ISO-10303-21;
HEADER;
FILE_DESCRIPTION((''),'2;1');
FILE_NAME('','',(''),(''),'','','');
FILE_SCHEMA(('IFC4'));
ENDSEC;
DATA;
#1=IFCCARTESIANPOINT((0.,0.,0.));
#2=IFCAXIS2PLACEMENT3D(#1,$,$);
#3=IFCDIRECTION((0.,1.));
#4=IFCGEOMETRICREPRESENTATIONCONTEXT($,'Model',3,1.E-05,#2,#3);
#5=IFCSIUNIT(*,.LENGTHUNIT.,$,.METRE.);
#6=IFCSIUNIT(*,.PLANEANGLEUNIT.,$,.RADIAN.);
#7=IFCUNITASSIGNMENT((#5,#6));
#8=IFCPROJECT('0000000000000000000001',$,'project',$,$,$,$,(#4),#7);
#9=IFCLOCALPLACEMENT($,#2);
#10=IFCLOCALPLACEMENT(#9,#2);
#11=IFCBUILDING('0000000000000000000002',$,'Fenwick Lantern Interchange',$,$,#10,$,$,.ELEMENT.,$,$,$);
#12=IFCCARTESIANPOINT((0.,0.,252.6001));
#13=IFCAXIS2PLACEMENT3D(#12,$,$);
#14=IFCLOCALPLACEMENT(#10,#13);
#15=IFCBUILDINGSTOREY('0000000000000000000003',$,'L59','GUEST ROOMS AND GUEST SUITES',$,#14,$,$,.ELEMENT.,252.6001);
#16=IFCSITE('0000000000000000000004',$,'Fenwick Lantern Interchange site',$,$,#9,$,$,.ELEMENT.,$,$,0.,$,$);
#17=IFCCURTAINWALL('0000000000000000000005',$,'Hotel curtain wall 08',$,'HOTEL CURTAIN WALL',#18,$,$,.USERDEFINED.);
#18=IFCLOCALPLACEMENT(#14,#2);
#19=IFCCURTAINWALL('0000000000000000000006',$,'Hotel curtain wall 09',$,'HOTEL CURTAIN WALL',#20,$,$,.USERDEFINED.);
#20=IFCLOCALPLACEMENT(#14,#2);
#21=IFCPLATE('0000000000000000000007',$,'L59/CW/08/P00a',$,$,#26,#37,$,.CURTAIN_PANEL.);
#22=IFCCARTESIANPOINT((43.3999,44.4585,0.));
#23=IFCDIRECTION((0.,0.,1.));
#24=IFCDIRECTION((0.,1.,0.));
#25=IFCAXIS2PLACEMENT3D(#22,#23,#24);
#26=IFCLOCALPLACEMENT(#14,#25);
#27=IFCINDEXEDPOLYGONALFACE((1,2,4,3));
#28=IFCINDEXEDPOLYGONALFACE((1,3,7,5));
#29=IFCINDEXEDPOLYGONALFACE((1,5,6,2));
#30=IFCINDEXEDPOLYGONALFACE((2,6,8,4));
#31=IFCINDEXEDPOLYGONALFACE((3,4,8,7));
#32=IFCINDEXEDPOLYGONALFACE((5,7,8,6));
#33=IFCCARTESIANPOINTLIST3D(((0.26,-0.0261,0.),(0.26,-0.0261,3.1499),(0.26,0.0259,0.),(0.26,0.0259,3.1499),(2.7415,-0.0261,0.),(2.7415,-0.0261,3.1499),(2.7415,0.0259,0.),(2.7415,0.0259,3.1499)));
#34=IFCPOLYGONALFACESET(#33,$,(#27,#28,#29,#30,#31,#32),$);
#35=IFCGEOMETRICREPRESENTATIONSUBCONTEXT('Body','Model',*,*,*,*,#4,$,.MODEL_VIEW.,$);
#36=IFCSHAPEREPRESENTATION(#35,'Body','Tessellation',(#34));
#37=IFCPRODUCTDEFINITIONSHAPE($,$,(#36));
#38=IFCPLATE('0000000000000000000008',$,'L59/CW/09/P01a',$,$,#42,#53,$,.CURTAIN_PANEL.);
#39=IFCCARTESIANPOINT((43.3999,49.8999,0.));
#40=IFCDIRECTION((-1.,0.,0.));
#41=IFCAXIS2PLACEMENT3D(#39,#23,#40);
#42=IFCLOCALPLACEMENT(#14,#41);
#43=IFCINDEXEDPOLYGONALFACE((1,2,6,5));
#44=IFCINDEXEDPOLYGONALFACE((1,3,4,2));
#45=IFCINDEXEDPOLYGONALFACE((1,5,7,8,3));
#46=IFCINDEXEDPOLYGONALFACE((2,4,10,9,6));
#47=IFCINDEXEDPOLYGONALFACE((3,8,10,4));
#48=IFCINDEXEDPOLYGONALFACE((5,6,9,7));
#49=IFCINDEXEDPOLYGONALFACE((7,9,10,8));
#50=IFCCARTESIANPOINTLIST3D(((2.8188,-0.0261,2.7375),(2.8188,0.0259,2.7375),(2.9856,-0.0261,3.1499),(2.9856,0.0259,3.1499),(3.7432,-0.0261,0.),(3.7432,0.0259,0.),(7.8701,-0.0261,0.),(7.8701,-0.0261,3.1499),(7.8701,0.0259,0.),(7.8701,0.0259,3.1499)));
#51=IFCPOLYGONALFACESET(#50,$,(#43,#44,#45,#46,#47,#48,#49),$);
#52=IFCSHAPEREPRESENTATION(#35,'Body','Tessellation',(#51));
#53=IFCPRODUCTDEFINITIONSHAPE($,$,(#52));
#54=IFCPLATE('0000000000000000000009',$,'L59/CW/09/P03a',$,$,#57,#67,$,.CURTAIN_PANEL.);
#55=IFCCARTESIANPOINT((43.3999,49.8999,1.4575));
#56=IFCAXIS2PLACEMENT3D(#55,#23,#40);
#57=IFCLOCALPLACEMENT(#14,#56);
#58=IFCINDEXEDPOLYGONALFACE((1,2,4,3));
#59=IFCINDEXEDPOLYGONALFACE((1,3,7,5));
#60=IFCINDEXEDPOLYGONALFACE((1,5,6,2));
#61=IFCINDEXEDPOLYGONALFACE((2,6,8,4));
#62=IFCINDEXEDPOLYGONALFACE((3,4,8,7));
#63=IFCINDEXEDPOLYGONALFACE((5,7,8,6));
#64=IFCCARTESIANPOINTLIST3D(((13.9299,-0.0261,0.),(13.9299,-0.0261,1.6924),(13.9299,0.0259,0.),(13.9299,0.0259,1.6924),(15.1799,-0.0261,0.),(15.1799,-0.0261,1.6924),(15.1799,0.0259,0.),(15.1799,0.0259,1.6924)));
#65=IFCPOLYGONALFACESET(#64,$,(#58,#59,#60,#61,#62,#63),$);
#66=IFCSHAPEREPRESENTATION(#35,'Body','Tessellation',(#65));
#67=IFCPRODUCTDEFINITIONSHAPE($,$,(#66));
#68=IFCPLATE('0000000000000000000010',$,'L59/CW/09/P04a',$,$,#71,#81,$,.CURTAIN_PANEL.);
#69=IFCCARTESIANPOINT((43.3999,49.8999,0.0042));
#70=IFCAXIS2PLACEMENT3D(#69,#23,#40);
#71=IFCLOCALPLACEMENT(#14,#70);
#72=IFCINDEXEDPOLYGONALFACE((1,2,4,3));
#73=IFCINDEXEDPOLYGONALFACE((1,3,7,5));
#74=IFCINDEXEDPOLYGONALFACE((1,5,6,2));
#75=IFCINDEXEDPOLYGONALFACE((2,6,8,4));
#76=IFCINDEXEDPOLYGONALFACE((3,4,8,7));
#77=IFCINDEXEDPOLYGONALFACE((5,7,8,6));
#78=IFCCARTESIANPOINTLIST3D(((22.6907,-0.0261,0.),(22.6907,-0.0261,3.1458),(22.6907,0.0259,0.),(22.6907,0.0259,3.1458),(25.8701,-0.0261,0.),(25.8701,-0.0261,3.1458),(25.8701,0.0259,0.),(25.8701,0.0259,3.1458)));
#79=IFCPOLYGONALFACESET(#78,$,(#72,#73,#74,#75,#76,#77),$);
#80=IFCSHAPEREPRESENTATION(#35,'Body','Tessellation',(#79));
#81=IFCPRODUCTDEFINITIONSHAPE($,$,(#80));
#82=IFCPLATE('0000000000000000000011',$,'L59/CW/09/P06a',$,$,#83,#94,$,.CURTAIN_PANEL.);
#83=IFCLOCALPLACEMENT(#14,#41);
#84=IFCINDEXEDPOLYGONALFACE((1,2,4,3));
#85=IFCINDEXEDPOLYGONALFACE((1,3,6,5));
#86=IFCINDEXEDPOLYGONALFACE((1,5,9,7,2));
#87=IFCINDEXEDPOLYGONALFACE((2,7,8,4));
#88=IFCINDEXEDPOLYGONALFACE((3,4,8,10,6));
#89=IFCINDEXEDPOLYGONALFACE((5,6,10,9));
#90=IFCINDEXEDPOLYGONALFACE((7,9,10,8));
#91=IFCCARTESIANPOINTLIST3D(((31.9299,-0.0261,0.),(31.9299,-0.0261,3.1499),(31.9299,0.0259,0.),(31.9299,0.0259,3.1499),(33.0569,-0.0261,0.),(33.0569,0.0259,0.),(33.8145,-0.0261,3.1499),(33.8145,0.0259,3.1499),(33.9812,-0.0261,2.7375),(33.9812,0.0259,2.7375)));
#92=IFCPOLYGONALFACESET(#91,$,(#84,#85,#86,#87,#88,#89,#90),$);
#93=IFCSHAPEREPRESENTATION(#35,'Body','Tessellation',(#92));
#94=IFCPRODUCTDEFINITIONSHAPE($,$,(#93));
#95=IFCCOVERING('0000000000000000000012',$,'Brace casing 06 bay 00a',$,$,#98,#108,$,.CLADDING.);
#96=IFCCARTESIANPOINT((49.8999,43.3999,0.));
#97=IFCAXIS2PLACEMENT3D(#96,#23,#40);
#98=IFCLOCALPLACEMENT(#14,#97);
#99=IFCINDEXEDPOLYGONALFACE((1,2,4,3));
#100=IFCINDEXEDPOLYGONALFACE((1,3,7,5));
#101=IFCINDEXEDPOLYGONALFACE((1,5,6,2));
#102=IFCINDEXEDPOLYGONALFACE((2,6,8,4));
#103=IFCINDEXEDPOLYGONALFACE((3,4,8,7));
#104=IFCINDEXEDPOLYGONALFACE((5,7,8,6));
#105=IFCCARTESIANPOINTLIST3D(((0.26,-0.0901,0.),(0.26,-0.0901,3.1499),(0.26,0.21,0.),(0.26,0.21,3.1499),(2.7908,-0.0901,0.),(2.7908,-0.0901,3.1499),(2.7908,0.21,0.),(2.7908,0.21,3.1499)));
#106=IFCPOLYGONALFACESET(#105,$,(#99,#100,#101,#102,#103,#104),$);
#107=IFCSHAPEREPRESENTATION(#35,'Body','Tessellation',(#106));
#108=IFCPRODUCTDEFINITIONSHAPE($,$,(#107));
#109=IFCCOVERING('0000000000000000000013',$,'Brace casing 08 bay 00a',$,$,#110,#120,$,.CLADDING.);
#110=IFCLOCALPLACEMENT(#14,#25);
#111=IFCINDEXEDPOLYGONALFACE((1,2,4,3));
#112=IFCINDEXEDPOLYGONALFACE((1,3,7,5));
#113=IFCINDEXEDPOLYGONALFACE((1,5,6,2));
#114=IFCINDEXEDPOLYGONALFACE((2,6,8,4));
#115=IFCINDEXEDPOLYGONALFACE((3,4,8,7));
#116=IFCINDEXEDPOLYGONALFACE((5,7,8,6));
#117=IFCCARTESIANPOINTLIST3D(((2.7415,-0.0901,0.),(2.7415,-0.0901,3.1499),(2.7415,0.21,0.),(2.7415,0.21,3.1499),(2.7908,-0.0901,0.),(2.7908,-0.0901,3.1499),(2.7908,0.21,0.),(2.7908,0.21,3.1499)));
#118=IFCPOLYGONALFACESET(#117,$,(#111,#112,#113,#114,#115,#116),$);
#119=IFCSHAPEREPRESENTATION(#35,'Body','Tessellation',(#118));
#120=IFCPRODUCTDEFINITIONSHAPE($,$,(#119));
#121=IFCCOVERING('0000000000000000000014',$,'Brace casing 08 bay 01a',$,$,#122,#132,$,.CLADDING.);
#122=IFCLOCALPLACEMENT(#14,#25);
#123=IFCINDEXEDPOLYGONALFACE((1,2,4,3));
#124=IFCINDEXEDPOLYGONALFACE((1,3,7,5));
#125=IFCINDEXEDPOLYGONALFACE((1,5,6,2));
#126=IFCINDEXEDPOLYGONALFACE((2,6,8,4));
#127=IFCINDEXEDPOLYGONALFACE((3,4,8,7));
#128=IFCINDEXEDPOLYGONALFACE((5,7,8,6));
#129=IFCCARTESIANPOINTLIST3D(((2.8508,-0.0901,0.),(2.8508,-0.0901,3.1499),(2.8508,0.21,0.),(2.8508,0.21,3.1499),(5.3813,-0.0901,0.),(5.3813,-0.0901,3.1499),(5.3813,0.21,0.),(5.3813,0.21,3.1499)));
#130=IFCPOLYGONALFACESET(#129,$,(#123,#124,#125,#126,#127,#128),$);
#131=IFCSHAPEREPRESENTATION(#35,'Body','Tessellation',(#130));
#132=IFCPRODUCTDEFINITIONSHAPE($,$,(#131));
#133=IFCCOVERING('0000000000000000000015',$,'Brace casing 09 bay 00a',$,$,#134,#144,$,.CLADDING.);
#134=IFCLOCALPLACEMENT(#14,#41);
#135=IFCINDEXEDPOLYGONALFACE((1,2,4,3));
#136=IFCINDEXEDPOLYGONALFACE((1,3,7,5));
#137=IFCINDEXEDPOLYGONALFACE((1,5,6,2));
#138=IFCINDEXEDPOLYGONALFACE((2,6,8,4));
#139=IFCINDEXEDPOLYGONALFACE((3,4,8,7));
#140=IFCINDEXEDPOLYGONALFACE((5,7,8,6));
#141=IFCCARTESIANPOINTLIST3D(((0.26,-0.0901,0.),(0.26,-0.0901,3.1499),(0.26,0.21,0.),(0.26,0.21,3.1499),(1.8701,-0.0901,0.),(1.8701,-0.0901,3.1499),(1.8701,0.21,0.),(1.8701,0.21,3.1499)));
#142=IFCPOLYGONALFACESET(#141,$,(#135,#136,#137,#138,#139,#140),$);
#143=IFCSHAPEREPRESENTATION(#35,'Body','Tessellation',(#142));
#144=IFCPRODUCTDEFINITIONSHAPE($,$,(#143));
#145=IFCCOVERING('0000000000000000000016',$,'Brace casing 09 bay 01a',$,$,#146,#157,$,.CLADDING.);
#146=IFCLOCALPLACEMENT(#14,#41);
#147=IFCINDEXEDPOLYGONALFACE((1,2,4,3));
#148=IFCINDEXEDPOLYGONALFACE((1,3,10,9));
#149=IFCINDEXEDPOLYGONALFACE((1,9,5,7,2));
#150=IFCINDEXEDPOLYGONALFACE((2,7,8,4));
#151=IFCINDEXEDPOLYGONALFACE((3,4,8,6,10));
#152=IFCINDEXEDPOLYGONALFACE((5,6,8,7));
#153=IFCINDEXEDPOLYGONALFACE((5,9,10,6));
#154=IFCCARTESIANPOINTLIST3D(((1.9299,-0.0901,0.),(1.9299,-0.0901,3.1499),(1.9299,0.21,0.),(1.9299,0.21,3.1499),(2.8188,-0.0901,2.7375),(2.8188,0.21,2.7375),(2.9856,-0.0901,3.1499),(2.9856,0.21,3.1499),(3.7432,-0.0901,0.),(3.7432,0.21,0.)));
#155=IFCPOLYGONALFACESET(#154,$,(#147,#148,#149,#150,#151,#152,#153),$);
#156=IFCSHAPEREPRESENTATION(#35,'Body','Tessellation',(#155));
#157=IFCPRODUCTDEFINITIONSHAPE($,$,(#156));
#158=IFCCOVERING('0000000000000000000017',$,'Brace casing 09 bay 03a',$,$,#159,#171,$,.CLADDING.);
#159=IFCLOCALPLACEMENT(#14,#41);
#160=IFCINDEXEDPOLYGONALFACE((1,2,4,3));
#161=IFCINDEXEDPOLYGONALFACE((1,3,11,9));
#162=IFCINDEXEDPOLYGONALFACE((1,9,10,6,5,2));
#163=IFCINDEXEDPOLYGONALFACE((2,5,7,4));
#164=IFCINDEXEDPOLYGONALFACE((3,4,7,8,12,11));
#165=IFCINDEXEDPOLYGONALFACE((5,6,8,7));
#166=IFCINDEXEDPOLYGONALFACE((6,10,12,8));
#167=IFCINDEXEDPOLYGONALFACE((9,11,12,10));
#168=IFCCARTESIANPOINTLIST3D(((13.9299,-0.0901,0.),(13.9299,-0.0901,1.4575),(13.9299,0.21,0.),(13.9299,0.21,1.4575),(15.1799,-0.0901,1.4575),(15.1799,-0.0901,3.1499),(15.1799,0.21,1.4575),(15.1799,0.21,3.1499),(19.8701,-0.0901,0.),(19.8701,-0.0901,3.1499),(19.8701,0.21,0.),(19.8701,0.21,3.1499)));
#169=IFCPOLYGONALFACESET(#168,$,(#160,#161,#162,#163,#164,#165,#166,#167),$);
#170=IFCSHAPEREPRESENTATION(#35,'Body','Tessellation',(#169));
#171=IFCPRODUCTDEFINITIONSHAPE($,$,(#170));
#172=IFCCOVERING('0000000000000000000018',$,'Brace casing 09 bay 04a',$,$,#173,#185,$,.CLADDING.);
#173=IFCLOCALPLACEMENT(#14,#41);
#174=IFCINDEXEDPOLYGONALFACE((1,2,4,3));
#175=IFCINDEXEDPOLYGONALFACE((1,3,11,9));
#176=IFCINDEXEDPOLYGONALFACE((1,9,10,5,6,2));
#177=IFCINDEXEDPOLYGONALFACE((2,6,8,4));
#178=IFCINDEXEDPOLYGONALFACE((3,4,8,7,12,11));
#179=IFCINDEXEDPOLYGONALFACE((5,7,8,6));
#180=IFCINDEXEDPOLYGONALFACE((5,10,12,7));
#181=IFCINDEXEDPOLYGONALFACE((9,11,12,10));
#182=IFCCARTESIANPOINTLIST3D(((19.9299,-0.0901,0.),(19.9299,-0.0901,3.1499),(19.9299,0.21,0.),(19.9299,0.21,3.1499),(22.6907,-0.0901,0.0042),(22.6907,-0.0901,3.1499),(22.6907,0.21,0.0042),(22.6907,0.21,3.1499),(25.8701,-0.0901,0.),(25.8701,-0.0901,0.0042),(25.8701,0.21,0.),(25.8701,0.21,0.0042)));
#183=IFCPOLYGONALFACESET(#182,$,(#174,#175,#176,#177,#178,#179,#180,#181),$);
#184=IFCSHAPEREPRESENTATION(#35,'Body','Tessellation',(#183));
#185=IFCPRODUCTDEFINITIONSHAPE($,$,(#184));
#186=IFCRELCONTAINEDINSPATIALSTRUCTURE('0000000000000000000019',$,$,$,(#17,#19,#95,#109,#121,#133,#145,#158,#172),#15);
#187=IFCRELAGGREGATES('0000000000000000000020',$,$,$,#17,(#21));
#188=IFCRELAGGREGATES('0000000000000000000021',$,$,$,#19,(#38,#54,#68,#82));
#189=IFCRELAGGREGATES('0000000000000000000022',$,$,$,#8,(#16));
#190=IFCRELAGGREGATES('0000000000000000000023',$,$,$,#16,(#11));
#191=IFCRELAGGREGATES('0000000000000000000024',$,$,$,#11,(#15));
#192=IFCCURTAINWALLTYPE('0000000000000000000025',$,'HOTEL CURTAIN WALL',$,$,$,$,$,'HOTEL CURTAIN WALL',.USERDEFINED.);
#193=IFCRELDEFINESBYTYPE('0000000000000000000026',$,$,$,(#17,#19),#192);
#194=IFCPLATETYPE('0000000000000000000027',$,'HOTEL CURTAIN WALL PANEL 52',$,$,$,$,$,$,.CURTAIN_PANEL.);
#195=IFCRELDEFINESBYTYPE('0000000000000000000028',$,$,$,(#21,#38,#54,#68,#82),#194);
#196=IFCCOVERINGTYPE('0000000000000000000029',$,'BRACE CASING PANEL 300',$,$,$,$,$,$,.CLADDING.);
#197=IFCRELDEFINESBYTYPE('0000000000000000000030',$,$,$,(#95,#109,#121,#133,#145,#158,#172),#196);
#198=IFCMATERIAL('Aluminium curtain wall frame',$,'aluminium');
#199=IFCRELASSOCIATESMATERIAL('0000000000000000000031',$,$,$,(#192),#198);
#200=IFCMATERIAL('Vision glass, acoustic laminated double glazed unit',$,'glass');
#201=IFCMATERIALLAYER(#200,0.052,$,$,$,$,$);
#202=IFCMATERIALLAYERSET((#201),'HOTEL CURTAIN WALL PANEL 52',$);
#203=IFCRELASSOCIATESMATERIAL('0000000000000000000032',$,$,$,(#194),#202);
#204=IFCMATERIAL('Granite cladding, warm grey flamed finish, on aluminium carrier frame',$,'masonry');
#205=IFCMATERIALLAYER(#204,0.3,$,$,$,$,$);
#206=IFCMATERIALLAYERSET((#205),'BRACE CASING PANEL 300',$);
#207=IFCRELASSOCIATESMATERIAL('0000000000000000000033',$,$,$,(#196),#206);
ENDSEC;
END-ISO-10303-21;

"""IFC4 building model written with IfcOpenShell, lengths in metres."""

from ifc_helpers import new_model, si_unit, direction, frame, origin, place, context, subcontext, project, spatial, polyline, outline, extrude, material, layer, layer_set, type_object, element, aggregate, save


model = new_model("IFC4")

# Units and contexts
model_context = context("Model", 3, precision=1e-05, world=origin(), true_north=direction((0.0, 1.0)))
body_context = subcontext(model_context, "Body", "Model", "MODEL_VIEW")
ifc_project = project(units=[si_unit("LENGTHUNIT", "METRE"), si_unit("PLANEANGLEUNIT", "RADIAN")], contexts=[model_context])

# Site, building, storey
site_placement = place(None, origin())
site = spatial("IfcSite", under=ifc_project, at=site_placement, Name="Fenwick Lantern Interchange site", CompositionType="ELEMENT", RefElevation=0.0)
building_placement = place(site_placement, origin())
building = spatial("IfcBuilding", under=site, at=building_placement, Name="Fenwick Lantern Interchange", CompositionType="ELEMENT")
storey_placement = place(building_placement, frame((0.0, 0.0, 252.6001)))
storey = spatial("IfcBuildingStorey", under=building, at=storey_placement, Name="L59", Description="GUEST ROOMS AND GUEST SUITES", CompositionType="ELEMENT", Elevation=252.6001)

# Shared definitions
ifc_material_1 = material(Name="Aluminium curtain wall frame", Category="aluminium")
curtain_wall_type = type_object("IfcCurtainWallType", Name="HOTEL CURTAIN WALL", ElementType="HOTEL CURTAIN WALL", PredefinedType="USERDEFINED", material=ifc_material_1)

# Curtain walls
curtain_wall_1_placement = place(storey_placement, origin())
curtain_wall_1 = element("IfcCurtainWall", 1, at=curtain_wall_1_placement, inside=storey, type_object=curtain_wall_type, Name="Hotel curtain wall 08", ObjectType="HOTEL CURTAIN WALL", PredefinedType="USERDEFINED")
curtain_wall_2_placement = place(storey_placement, origin())
curtain_wall_2 = element("IfcCurtainWall", 2, at=curtain_wall_2_placement, inside=storey, type_object=curtain_wall_type, Name="Hotel curtain wall 09", ObjectType="HOTEL CURTAIN WALL", PredefinedType="USERDEFINED")

# Plates
ifc_material_2 = material(Name="Vision glass, acoustic laminated double glazed unit", Category="glass")
ifc_layer_1 = layer(ifc_material_2, 0.052)
ifc_layer_set_1 = layer_set([ifc_layer_1], Name="HOTEL CURTAIN WALL PANEL 52")
plate_type = type_object("IfcPlateType", Name="HOTEL CURTAIN WALL PANEL 52", PredefinedType="CURTAIN_PANEL", material=ifc_layer_set_1)
plate_1_placement = place(storey_placement, frame((43.3999, 44.4585, 0.0), z_axis=(0.0, 0.0, 1.0), x_axis=(0.0, 1.0, 0.0)))
plate_1 = element("IfcPlate", 3, at=plate_1_placement, type_object=plate_type, Name="L59/CW/08/P00a", PredefinedType="CURTAIN_PANEL", context=body_context, shape_type="SweptSolid", body=[
    extrude(outline(polyline([(0.26, 0.0), (2.7415, 0.0), (2.7415, 3.1499), (0.26, 3.1499), (0.26, 0.0)])), frame((0.0, 0.0259, 0.0), z_axis=(0.0, -1.0, 0.0), x_axis=(1.0, 0.0, 0.0)), (0.0, 0.0, 1.0), 0.052),
])
aggregate(curtain_wall_1, [plate_1])
plate_2_placement = place(storey_placement, frame((43.3999, 49.8999, 0.0), z_axis=(0.0, 0.0, 1.0), x_axis=(-1.0, 0.0, 0.0)))
plate_2 = element("IfcPlate", 4, at=plate_2_placement, type_object=plate_type, Name="L59/CW/09/P01a", PredefinedType="CURTAIN_PANEL", context=body_context, shape_type="SweptSolid", body=[
    extrude(outline(polyline([(3.7432, 0.0), (7.8701, 0.0), (7.8701, 3.1499), (2.9856, 3.1499), (2.8188, 2.7375), (3.7432, 0.0)])), frame((0.0, 0.0259, 0.0), z_axis=(0.0, -1.0, 0.0), x_axis=(1.0, 0.0, 0.0)), (0.0, 0.0, 1.0), 0.052),
])
plate_3_placement = place(storey_placement, frame((43.3999, 49.8999, 1.4575), z_axis=(0.0, 0.0, 1.0), x_axis=(-1.0, 0.0, 0.0)))
plate_3 = element("IfcPlate", 5, at=plate_3_placement, type_object=plate_type, Name="L59/CW/09/P03a", PredefinedType="CURTAIN_PANEL", context=body_context, shape_type="SweptSolid", body=[
    extrude(outline(polyline([(13.9299, 0.0), (15.1799, 0.0), (15.1799, 1.6924), (13.9299, 1.6924), (13.9299, 0.0)])), frame((0.0, 0.0259, 0.0), z_axis=(0.0, -1.0, 0.0), x_axis=(1.0, 0.0, 0.0)), (0.0, 0.0, 1.0), 0.052),
])
plate_4_placement = place(storey_placement, frame((43.3999, 49.8999, 0.0042), z_axis=(0.0, 0.0, 1.0), x_axis=(-1.0, 0.0, 0.0)))
plate_4 = element("IfcPlate", 6, at=plate_4_placement, type_object=plate_type, Name="L59/CW/09/P04a", PredefinedType="CURTAIN_PANEL", context=body_context, shape_type="SweptSolid", body=[
    extrude(outline(polyline([(22.6907, 0.0), (25.8701, 0.0), (25.8701, 3.1458), (22.6907, 3.1458), (22.6907, 0.0)])), frame((0.0, 0.0259, 0.0), z_axis=(0.0, -1.0, 0.0), x_axis=(1.0, 0.0, 0.0)), (0.0, 0.0, 1.0), 0.052),
])
plate_5_placement = place(storey_placement, frame((43.3999, 49.8999, 0.0), z_axis=(0.0, 0.0, 1.0), x_axis=(-1.0, 0.0, 0.0)))
plate_5 = element("IfcPlate", 7, at=plate_5_placement, type_object=plate_type, Name="L59/CW/09/P06a", PredefinedType="CURTAIN_PANEL", context=body_context, shape_type="SweptSolid", body=[
    extrude(outline(polyline([(31.9299, 0.0), (33.0569, 0.0), (33.9812, 2.7375), (33.8145, 3.1499), (31.9299, 3.1499), (31.9299, 0.0)])), frame((0.0, 0.0259, 0.0), z_axis=(0.0, -1.0, 0.0), x_axis=(1.0, 0.0, 0.0)), (0.0, 0.0, 1.0), 0.052),
])
aggregate(curtain_wall_2, [plate_2, plate_3, plate_4, plate_5])

# Coverings
ifc_material_3 = material(Name="Granite cladding, warm grey flamed finish, on aluminium carrier frame", Category="masonry")
ifc_layer_2 = layer(ifc_material_3, 0.3)
ifc_layer_set_2 = layer_set([ifc_layer_2], Name="BRACE CASING PANEL 300")
covering_type = type_object("IfcCoveringType", Name="BRACE CASING PANEL 300", PredefinedType="CLADDING", material=ifc_layer_set_2)
covering_1_placement = place(storey_placement, frame((49.8999, 43.3999, 0.0), z_axis=(0.0, 0.0, 1.0), x_axis=(-1.0, 0.0, 0.0)))
element("IfcCovering", 8, at=covering_1_placement, inside=storey, type_object=covering_type, Name="Brace casing 06 bay 00a", PredefinedType="CLADDING", context=body_context, shape_type="SweptSolid", body=[
    extrude(outline(polyline([(0.26, 0.0), (2.7908, 0.0), (2.7908, 3.1499), (0.26, 3.1499), (0.26, 0.0)])), frame((0.0, 0.21, 0.0), z_axis=(0.0, -1.0, 0.0), x_axis=(1.0, 0.0, 0.0)), (0.0, 0.0, 1.0), 0.3),
])
covering_2_placement = place(storey_placement, frame((43.3999, 44.4585, 0.0), z_axis=(0.0, 0.0, 1.0), x_axis=(0.0, 1.0, 0.0)))
element("IfcCovering", 9, at=covering_2_placement, inside=storey, type_object=covering_type, Name="Brace casing 08 bay 00a", PredefinedType="CLADDING", context=body_context, shape_type="SweptSolid", body=[
    extrude(outline(polyline([(2.7415, 0.0), (2.7908, 0.0), (2.7908, 3.1499), (2.7415, 3.1499), (2.7415, 0.0)])), frame((0.0, 0.21, 0.0), z_axis=(0.0, -1.0, 0.0), x_axis=(1.0, 0.0, 0.0)), (0.0, 0.0, 1.0), 0.3),
])
covering_3_placement = place(storey_placement, frame((43.3999, 44.4585, 0.0), z_axis=(0.0, 0.0, 1.0), x_axis=(0.0, 1.0, 0.0)))
element("IfcCovering", 10, at=covering_3_placement, inside=storey, type_object=covering_type, Name="Brace casing 08 bay 01a", PredefinedType="CLADDING", context=body_context, shape_type="SweptSolid", body=[
    extrude(outline(polyline([(2.8508, 0.0), (5.3813, 0.0), (5.3813, 3.1499), (2.8508, 3.1499), (2.8508, 0.0)])), frame((0.0, 0.21, 0.0), z_axis=(0.0, -1.0, 0.0), x_axis=(1.0, 0.0, 0.0)), (0.0, 0.0, 1.0), 0.3),
])
covering_4_placement = place(storey_placement, frame((43.3999, 49.8999, 0.0), z_axis=(0.0, 0.0, 1.0), x_axis=(-1.0, 0.0, 0.0)))
element("IfcCovering", 11, at=covering_4_placement, inside=storey, type_object=covering_type, Name="Brace casing 09 bay 00a", PredefinedType="CLADDING", context=body_context, shape_type="SweptSolid", body=[
    extrude(outline(polyline([(0.26, 0.0), (1.8701, 0.0), (1.8701, 3.1499), (0.26, 3.1499), (0.26, 0.0)])), frame((0.0, 0.21, 0.0), z_axis=(0.0, -1.0, 0.0), x_axis=(1.0, 0.0, 0.0)), (0.0, 0.0, 1.0), 0.3),
])
covering_5_placement = place(storey_placement, frame((43.3999, 49.8999, 0.0), z_axis=(0.0, 0.0, 1.0), x_axis=(-1.0, 0.0, 0.0)))
element("IfcCovering", 12, at=covering_5_placement, inside=storey, type_object=covering_type, Name="Brace casing 09 bay 01a", PredefinedType="CLADDING", context=body_context, shape_type="SweptSolid", body=[
    extrude(outline(polyline([(1.9299, 0.0), (3.7432, 0.0), (2.8188, 2.7375), (2.9856, 3.1499), (1.9299, 3.1499), (1.9299, 0.0)])), frame((0.0, 0.21, 0.0), z_axis=(0.0, -1.0, 0.0), x_axis=(1.0, 0.0, 0.0)), (0.0, 0.0, 1.0), 0.3),
])
covering_6_placement = place(storey_placement, frame((43.3999, 49.8999, 0.0), z_axis=(0.0, 0.0, 1.0), x_axis=(-1.0, 0.0, 0.0)))
element("IfcCovering", 13, at=covering_6_placement, inside=storey, type_object=covering_type, Name="Brace casing 09 bay 03a", PredefinedType="CLADDING", context=body_context, shape_type="SweptSolid", body=[
    extrude(outline(polyline([(13.9299, 0.0), (19.8701, 0.0), (19.8701, 3.1499), (15.1799, 3.1499), (15.1799, 1.4575), (13.9299, 1.4575), (13.9299, 0.0)])), frame((0.0, 0.21, 0.0), z_axis=(0.0, -1.0, 0.0), x_axis=(1.0, 0.0, 0.0)), (0.0, 0.0, 1.0), 0.3),
])
covering_7_placement = place(storey_placement, frame((43.3999, 49.8999, 0.0), z_axis=(0.0, 0.0, 1.0), x_axis=(-1.0, 0.0, 0.0)))
element("IfcCovering", 14, at=covering_7_placement, inside=storey, type_object=covering_type, Name="Brace casing 09 bay 04a", PredefinedType="CLADDING", context=body_context, shape_type="SweptSolid", body=[
    extrude(outline(polyline([(19.9299, 0.0), (25.8701, 0.0), (25.8701, 0.0042), (22.6907, 0.0042), (22.6907, 3.1499), (19.9299, 3.1499), (19.9299, 0.0)])), frame((0.0, 0.21, 0.0), z_axis=(0.0, -1.0, 0.0), x_axis=(1.0, 0.0, 0.0)), (0.0, 0.0, 1.0), 0.3),
])

save(model, "model.ifc")
